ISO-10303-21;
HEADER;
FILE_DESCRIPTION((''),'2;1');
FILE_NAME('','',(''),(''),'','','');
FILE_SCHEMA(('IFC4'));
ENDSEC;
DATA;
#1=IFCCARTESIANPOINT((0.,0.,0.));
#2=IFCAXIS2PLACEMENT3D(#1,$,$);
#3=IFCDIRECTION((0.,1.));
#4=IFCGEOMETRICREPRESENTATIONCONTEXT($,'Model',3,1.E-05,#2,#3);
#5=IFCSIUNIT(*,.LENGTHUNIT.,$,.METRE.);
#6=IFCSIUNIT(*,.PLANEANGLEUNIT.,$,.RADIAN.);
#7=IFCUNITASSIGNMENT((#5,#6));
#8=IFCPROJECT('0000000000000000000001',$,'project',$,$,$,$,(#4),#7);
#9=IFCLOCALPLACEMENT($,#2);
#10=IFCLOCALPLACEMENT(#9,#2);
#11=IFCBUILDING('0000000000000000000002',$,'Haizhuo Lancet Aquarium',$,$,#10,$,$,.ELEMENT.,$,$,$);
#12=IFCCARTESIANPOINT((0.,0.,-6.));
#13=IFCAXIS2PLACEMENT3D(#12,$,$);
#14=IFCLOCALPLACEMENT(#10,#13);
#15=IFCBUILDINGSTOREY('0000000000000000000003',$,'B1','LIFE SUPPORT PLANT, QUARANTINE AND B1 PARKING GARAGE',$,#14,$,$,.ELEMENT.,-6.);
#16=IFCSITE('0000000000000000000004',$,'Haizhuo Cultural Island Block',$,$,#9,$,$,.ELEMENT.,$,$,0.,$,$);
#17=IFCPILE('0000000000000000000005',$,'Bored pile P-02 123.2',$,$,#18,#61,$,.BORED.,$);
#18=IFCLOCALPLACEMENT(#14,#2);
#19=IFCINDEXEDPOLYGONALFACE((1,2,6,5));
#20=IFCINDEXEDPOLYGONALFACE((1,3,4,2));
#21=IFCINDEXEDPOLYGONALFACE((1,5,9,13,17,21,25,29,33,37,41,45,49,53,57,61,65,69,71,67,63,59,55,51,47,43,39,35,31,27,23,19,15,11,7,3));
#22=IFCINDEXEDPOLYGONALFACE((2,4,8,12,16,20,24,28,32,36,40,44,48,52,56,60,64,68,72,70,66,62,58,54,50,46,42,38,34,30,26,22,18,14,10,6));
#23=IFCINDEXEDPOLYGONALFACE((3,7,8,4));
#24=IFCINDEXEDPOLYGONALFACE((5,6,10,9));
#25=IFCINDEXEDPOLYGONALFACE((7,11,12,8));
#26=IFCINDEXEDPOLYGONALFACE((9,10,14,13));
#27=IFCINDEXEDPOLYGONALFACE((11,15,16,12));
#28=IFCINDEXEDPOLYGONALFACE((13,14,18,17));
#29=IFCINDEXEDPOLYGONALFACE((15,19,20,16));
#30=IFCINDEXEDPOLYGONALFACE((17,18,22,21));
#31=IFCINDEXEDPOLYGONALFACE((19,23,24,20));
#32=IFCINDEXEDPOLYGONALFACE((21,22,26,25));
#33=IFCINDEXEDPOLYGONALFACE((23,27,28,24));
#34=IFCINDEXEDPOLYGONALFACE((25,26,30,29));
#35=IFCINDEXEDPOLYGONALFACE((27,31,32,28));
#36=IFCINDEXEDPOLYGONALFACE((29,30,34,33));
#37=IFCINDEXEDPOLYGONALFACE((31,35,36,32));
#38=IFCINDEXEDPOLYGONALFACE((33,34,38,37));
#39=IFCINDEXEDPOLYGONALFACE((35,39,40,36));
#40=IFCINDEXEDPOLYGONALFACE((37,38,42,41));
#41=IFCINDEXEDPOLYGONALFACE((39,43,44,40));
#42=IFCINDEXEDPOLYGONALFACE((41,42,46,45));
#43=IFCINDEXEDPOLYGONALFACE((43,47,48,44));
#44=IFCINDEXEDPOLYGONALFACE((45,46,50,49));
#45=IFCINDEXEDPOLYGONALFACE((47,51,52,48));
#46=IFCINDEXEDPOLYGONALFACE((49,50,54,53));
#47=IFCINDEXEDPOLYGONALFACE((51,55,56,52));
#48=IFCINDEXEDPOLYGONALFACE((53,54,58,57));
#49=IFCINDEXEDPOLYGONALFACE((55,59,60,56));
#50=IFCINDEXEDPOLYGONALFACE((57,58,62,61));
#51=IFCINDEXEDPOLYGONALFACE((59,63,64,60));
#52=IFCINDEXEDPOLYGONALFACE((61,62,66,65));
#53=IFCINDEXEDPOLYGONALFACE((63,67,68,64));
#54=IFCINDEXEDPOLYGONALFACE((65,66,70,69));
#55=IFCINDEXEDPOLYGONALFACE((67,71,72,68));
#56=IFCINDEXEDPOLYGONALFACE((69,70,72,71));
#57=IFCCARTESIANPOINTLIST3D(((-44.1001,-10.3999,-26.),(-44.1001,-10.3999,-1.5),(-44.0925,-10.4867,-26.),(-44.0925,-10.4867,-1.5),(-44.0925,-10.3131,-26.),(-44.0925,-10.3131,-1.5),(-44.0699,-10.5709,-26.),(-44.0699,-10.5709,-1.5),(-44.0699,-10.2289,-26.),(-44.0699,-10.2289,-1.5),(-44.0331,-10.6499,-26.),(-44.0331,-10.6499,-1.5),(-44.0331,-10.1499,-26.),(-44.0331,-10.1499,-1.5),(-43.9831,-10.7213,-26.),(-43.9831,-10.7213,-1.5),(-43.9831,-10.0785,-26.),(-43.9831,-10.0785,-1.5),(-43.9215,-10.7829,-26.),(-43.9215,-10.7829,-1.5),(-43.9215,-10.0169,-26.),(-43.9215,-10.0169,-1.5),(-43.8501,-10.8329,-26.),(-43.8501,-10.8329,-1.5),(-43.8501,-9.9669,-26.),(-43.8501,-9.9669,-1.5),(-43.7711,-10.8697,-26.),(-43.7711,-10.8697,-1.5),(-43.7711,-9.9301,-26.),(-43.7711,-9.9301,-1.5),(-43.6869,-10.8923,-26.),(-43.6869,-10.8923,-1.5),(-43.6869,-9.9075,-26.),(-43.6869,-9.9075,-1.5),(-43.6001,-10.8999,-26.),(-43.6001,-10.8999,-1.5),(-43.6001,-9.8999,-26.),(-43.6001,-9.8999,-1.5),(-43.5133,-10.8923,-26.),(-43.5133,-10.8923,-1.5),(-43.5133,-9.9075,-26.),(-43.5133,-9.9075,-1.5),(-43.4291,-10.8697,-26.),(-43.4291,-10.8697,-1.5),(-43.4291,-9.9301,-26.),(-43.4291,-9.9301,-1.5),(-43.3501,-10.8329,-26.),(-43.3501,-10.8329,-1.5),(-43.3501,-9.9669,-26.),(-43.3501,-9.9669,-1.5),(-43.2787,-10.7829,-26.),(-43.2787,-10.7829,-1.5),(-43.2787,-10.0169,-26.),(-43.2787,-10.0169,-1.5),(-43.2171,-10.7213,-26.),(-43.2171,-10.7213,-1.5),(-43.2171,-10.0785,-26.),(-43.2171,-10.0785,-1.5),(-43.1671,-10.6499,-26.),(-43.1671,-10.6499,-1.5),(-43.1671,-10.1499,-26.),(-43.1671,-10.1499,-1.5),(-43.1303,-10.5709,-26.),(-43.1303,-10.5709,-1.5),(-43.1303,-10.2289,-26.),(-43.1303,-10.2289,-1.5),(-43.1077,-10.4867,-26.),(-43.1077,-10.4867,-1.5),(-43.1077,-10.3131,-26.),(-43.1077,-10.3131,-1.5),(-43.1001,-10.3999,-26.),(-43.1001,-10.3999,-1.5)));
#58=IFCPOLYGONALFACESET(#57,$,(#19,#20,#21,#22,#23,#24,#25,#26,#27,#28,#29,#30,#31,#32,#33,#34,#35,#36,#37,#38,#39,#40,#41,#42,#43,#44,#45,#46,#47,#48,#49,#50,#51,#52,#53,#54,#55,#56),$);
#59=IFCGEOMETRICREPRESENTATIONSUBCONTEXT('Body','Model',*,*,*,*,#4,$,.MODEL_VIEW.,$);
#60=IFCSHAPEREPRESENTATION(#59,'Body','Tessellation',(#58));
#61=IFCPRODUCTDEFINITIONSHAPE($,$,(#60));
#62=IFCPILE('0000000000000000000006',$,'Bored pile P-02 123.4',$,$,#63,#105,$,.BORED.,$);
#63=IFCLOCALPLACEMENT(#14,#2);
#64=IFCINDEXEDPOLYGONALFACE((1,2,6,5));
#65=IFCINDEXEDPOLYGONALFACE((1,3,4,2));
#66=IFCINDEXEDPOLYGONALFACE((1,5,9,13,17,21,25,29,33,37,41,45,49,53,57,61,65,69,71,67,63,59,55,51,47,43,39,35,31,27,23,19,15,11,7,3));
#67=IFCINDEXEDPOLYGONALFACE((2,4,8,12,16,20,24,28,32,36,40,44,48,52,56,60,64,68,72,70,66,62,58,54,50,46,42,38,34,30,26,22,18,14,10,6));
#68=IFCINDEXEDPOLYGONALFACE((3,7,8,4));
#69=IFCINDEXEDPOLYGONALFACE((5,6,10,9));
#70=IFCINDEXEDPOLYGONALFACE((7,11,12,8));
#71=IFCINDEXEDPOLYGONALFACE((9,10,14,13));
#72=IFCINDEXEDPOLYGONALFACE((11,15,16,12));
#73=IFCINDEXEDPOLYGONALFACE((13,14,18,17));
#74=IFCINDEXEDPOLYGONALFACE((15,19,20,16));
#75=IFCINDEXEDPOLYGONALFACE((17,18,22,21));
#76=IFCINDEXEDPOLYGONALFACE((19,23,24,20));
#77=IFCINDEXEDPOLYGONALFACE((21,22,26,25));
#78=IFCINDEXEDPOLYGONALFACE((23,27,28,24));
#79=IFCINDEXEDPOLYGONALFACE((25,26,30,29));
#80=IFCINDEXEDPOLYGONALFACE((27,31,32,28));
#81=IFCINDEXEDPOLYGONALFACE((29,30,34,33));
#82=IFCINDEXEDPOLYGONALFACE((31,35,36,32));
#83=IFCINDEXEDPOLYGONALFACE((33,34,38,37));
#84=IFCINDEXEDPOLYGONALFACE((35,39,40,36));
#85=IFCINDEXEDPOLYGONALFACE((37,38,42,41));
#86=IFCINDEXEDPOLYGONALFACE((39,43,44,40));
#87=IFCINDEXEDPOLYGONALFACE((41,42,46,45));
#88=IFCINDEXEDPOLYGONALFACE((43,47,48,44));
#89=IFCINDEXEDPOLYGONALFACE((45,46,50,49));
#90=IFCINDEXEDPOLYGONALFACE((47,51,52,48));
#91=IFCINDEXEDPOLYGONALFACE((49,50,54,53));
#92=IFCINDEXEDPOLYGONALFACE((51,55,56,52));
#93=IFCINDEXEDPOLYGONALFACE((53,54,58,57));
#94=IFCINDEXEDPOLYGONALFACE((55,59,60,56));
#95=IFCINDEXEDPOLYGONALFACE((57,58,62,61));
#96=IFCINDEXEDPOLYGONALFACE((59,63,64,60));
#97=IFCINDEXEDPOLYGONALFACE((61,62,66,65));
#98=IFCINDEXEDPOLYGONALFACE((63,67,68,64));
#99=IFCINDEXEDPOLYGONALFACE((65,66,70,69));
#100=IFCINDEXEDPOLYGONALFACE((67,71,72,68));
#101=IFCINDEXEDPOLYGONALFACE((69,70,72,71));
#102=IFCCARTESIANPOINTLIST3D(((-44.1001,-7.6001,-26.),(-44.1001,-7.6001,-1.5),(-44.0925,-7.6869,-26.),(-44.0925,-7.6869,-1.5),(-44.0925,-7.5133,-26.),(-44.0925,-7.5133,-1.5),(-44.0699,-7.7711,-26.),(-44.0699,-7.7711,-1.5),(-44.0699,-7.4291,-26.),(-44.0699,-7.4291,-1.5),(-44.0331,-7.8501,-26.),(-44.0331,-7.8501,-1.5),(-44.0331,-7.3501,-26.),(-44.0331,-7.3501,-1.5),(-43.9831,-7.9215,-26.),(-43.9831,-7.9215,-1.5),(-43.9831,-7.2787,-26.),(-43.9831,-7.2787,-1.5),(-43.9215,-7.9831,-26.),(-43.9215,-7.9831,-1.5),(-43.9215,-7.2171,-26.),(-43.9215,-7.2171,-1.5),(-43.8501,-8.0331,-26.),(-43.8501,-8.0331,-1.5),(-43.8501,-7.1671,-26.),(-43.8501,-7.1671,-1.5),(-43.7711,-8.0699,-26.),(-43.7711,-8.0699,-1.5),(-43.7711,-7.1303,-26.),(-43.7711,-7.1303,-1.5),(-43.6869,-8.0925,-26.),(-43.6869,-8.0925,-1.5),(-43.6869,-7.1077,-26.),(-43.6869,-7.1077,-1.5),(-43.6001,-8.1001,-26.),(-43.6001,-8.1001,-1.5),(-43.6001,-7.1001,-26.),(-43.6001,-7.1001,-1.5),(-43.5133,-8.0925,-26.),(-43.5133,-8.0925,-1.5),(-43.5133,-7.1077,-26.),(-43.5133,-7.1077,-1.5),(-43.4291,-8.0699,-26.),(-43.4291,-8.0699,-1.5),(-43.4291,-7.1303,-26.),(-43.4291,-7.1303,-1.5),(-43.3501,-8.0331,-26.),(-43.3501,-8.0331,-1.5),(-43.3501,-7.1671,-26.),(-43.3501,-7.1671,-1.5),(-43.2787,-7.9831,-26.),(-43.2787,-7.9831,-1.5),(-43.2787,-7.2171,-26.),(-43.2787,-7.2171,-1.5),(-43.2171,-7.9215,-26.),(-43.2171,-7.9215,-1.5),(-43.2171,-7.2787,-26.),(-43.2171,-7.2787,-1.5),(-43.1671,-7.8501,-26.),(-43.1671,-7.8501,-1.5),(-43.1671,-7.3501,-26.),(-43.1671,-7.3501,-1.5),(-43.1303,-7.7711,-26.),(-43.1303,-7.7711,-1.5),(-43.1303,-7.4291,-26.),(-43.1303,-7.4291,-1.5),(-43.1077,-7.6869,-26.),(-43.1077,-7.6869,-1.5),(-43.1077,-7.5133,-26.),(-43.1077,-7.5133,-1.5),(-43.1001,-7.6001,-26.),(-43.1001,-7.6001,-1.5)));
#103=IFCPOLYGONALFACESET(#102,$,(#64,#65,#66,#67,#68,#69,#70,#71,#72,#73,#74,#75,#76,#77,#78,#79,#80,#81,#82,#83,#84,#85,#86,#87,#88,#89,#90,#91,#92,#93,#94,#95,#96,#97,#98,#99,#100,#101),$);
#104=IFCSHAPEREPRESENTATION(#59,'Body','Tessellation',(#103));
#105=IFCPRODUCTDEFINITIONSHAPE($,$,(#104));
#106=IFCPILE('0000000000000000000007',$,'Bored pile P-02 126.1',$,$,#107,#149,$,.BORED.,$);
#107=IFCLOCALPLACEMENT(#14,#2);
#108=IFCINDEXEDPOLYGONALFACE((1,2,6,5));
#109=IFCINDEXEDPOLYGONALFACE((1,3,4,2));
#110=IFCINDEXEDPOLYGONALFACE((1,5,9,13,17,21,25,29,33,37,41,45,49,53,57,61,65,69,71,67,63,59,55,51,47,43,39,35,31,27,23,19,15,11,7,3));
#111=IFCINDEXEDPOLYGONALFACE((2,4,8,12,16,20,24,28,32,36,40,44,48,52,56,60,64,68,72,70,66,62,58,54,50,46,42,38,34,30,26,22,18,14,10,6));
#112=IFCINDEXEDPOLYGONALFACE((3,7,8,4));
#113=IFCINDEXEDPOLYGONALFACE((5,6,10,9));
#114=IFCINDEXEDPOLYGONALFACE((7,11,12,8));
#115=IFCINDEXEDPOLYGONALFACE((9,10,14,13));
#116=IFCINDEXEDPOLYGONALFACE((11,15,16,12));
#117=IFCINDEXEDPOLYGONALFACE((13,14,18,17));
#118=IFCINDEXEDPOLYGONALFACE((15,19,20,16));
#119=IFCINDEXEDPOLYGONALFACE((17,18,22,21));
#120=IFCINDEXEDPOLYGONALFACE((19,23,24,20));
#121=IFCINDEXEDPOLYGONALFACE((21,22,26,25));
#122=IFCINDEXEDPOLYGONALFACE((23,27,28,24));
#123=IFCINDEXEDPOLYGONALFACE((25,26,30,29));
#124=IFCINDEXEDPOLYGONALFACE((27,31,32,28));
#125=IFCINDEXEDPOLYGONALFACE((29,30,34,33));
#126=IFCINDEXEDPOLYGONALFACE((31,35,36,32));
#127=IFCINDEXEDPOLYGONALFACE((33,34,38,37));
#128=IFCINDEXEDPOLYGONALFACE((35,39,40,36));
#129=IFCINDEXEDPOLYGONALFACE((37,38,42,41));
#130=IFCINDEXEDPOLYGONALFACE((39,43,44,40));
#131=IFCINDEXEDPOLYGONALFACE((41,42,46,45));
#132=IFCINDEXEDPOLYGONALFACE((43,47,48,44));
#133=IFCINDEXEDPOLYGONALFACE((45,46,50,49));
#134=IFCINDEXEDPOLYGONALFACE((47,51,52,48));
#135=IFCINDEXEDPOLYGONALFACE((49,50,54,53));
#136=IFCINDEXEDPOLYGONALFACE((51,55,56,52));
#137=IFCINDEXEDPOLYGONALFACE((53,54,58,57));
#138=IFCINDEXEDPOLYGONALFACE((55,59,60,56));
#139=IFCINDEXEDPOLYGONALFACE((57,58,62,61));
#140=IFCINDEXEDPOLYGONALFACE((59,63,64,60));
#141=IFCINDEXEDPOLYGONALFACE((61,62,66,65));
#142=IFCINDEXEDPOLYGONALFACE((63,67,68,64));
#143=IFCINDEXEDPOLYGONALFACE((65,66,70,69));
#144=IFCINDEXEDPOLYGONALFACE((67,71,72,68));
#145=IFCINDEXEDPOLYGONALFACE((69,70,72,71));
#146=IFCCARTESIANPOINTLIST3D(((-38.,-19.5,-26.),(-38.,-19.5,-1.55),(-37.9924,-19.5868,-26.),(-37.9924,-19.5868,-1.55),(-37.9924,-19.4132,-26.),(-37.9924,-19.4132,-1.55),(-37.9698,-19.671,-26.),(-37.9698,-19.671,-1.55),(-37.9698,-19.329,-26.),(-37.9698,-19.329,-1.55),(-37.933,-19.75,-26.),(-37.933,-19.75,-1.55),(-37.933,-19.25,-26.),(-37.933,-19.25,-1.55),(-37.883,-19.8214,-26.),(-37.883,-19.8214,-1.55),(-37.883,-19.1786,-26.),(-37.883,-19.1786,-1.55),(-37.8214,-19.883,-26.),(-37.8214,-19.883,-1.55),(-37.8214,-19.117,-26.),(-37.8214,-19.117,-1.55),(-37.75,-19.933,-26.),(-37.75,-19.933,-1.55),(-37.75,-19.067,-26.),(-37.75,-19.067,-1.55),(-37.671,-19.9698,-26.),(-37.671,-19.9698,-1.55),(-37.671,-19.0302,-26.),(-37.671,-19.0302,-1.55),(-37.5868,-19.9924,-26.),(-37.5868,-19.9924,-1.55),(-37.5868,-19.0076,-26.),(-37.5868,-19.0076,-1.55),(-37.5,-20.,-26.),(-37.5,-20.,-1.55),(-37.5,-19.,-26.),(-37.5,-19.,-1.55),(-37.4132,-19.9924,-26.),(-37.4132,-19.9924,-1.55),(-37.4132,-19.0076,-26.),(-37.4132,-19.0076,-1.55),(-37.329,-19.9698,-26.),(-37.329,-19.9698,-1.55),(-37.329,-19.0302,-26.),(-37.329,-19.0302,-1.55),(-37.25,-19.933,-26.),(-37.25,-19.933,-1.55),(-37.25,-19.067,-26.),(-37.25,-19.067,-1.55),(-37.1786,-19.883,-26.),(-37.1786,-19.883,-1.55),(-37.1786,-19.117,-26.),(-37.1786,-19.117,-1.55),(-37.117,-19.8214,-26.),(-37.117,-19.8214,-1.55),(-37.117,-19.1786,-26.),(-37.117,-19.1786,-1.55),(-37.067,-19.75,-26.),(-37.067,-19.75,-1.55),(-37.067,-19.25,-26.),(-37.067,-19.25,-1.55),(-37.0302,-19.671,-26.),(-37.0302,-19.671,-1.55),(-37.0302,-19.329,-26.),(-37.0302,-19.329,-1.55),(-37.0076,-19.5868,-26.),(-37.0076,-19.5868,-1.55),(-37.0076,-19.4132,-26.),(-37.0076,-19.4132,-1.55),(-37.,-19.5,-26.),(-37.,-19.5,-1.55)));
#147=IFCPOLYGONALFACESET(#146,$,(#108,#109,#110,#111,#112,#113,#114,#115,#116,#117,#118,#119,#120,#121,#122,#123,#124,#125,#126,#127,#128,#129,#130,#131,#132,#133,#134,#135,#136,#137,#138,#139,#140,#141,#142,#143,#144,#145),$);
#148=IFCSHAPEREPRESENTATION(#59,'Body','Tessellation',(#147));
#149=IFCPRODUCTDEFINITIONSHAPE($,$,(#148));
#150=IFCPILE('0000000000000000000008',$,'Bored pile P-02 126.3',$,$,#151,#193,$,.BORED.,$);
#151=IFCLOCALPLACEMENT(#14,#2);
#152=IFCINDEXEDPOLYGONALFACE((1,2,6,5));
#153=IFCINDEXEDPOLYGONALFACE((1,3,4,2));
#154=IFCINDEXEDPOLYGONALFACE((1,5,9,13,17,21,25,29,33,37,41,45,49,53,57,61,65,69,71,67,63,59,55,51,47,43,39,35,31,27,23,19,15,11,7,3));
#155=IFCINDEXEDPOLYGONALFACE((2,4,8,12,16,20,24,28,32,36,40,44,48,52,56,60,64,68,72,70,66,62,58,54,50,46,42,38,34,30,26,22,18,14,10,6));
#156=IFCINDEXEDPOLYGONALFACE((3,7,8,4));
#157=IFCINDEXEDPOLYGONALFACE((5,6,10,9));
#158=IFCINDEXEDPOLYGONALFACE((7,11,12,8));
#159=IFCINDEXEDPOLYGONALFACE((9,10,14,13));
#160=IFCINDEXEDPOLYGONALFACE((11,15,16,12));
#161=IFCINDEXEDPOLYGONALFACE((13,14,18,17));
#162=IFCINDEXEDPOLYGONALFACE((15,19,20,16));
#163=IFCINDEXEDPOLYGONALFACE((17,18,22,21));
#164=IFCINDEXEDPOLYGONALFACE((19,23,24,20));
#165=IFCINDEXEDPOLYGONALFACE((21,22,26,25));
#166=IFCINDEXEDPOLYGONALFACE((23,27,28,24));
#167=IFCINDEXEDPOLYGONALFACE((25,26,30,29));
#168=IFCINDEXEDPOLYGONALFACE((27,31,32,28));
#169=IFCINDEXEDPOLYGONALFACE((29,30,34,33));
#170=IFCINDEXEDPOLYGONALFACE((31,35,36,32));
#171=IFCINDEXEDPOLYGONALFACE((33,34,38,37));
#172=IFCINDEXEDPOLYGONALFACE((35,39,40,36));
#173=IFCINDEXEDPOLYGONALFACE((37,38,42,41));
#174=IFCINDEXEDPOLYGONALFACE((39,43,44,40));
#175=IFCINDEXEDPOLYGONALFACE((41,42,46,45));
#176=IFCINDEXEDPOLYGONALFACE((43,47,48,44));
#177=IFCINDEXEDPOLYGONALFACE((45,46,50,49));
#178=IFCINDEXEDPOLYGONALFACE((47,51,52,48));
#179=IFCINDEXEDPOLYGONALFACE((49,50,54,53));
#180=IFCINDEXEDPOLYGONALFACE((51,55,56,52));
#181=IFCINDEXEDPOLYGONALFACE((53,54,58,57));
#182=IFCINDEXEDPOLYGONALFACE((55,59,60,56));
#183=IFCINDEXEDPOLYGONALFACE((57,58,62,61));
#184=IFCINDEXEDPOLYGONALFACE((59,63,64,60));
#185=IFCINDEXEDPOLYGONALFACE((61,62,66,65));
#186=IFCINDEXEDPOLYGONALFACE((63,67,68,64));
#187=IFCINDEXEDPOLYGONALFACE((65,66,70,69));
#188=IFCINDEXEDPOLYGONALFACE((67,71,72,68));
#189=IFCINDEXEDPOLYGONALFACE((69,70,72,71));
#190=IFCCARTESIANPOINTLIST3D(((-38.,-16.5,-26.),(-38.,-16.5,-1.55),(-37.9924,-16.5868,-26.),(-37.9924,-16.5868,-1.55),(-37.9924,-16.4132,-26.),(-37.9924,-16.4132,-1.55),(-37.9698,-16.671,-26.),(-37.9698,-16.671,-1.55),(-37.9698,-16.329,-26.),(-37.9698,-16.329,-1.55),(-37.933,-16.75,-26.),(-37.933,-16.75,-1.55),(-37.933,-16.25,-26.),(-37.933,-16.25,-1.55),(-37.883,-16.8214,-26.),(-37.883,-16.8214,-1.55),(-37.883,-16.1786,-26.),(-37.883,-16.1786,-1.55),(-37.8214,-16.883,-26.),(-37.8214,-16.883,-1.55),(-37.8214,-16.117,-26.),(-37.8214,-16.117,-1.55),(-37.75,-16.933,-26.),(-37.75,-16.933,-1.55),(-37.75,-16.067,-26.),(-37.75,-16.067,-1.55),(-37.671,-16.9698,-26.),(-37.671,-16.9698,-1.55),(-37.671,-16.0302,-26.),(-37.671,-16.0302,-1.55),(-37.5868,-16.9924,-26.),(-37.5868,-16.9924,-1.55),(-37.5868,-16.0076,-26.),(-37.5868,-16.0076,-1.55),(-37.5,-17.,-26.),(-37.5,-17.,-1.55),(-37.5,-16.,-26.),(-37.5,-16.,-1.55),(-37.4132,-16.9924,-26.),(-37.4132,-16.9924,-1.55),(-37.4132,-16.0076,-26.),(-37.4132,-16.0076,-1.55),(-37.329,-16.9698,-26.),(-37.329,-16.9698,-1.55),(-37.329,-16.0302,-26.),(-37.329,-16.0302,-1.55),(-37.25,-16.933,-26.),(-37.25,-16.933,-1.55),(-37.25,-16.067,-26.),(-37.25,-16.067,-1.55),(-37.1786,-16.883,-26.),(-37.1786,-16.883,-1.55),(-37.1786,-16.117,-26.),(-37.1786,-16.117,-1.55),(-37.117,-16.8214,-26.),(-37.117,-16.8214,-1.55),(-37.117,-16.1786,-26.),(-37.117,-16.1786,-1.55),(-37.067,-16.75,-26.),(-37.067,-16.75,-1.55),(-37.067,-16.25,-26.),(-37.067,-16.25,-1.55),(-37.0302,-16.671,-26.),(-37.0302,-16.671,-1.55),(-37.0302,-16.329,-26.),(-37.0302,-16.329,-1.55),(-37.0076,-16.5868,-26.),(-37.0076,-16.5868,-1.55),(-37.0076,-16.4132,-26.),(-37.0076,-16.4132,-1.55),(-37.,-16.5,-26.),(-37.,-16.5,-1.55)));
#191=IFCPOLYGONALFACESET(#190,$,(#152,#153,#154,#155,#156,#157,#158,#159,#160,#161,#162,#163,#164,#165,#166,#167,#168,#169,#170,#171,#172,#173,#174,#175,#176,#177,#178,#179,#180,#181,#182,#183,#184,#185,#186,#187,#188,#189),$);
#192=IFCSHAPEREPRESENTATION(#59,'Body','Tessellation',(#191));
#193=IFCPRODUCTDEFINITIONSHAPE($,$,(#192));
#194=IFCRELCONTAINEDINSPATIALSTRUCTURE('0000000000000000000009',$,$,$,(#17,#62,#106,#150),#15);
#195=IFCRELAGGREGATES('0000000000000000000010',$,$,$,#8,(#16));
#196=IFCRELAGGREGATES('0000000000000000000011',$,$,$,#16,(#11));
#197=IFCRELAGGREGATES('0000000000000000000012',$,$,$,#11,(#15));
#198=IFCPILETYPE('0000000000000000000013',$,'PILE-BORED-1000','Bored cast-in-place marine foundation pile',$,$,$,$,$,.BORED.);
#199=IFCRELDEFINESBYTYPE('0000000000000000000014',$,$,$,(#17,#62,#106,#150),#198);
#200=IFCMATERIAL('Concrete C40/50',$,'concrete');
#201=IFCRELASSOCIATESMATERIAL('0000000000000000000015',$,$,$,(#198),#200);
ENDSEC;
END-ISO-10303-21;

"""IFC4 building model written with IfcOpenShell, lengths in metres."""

from ifc_helpers import new_model, si_unit, direction, frame, origin, origin_2d, place, context, subcontext, project, spatial, circle, extrude, material, material_profile, profile_set, type_object, element, save


model = new_model("IFC4")

# Units and contexts
model_context = context("Model", 3, precision=1e-05, world=origin(), true_north=direction((0.0, 1.0)))
body_context = subcontext(model_context, "Body", "Model", "MODEL_VIEW")
ifc_project = project(units=[si_unit("LENGTHUNIT", "METRE"), si_unit("PLANEANGLEUNIT", "RADIAN")], contexts=[model_context])

# Site, building, storey
site_placement = place(None, origin())
site = spatial("IfcSite", under=ifc_project, at=site_placement, Name="Haizhuo Cultural Island Block", CompositionType="ELEMENT", RefElevation=0.0)
building_placement = place(site_placement, origin())
building = spatial("IfcBuilding", under=site, at=building_placement, Name="Haizhuo Lancet Aquarium", CompositionType="ELEMENT")
storey_placement = place(building_placement, frame((0.0, 0.0, -6.0)))
storey = spatial("IfcBuildingStorey", under=building, at=storey_placement, Name="B1", Description="LIFE SUPPORT PLANT, QUARANTINE AND B1 PARKING GARAGE", CompositionType="ELEMENT", Elevation=-6.0)

# Shared definitions
ifc_material_1 = material(Name="Concrete C40/50", Category="concrete")

# Piles
ifc_material_profile_1 = material_profile(ifc_material_1, circle(Radius=0.5, at=origin_2d()), Name="PILE-1000")
ifc_profile_set_1 = profile_set([ifc_material_profile_1], Name="Concrete C40/50")
pile_type = type_object("IfcPileType", Name="PILE-BORED-1000", Description="Bored cast-in-place marine foundation pile", PredefinedType="BORED", material=ifc_profile_set_1)
for number, where, z_axis, x_axis, name in (
    (1, (-43.6001, -10.3999, -1.5), (0.0, 0.0, -1.0), (1.0, 0.0, 0.0), "Bored pile P-02 123.2"),
    (2, (-43.6001, -7.6001, -1.5), (0.0, 0.0, -1.0), (1.0, 0.0, 0.0), "Bored pile P-02 123.4"),
):
    element("IfcPile", number, at=place(storey_placement, frame(where, z_axis=z_axis, x_axis=x_axis)), inside=storey, type_object=pile_type, Name=name, PredefinedType="BORED", context=body_context, shape_type="SweptSolid", body=[
        extrude(circle(Radius=0.5, at=origin_2d()), origin(), (0.0, 0.0, 1.0), 24.5),
    ])
for number, where, z_axis, x_axis, name in (
    (3, (-37.5, -19.5, -1.55), (0.0, 0.0, -1.0), (1.0, 0.0, 0.0), "Bored pile P-02 126.1"),
    (4, (-37.5, -16.5, -1.55), (0.0, 0.0, -1.0), (1.0, 0.0, 0.0), "Bored pile P-02 126.3"),
):
    element("IfcPile", number, at=place(storey_placement, frame(where, z_axis=z_axis, x_axis=x_axis)), inside=storey, type_object=pile_type, Name=name, PredefinedType="BORED", context=body_context, shape_type="SweptSolid", body=[
        extrude(circle(Radius=0.5, at=origin_2d()), origin(), (0.0, 0.0, 1.0), 24.45),
    ])

save(model, "model.ifc")
